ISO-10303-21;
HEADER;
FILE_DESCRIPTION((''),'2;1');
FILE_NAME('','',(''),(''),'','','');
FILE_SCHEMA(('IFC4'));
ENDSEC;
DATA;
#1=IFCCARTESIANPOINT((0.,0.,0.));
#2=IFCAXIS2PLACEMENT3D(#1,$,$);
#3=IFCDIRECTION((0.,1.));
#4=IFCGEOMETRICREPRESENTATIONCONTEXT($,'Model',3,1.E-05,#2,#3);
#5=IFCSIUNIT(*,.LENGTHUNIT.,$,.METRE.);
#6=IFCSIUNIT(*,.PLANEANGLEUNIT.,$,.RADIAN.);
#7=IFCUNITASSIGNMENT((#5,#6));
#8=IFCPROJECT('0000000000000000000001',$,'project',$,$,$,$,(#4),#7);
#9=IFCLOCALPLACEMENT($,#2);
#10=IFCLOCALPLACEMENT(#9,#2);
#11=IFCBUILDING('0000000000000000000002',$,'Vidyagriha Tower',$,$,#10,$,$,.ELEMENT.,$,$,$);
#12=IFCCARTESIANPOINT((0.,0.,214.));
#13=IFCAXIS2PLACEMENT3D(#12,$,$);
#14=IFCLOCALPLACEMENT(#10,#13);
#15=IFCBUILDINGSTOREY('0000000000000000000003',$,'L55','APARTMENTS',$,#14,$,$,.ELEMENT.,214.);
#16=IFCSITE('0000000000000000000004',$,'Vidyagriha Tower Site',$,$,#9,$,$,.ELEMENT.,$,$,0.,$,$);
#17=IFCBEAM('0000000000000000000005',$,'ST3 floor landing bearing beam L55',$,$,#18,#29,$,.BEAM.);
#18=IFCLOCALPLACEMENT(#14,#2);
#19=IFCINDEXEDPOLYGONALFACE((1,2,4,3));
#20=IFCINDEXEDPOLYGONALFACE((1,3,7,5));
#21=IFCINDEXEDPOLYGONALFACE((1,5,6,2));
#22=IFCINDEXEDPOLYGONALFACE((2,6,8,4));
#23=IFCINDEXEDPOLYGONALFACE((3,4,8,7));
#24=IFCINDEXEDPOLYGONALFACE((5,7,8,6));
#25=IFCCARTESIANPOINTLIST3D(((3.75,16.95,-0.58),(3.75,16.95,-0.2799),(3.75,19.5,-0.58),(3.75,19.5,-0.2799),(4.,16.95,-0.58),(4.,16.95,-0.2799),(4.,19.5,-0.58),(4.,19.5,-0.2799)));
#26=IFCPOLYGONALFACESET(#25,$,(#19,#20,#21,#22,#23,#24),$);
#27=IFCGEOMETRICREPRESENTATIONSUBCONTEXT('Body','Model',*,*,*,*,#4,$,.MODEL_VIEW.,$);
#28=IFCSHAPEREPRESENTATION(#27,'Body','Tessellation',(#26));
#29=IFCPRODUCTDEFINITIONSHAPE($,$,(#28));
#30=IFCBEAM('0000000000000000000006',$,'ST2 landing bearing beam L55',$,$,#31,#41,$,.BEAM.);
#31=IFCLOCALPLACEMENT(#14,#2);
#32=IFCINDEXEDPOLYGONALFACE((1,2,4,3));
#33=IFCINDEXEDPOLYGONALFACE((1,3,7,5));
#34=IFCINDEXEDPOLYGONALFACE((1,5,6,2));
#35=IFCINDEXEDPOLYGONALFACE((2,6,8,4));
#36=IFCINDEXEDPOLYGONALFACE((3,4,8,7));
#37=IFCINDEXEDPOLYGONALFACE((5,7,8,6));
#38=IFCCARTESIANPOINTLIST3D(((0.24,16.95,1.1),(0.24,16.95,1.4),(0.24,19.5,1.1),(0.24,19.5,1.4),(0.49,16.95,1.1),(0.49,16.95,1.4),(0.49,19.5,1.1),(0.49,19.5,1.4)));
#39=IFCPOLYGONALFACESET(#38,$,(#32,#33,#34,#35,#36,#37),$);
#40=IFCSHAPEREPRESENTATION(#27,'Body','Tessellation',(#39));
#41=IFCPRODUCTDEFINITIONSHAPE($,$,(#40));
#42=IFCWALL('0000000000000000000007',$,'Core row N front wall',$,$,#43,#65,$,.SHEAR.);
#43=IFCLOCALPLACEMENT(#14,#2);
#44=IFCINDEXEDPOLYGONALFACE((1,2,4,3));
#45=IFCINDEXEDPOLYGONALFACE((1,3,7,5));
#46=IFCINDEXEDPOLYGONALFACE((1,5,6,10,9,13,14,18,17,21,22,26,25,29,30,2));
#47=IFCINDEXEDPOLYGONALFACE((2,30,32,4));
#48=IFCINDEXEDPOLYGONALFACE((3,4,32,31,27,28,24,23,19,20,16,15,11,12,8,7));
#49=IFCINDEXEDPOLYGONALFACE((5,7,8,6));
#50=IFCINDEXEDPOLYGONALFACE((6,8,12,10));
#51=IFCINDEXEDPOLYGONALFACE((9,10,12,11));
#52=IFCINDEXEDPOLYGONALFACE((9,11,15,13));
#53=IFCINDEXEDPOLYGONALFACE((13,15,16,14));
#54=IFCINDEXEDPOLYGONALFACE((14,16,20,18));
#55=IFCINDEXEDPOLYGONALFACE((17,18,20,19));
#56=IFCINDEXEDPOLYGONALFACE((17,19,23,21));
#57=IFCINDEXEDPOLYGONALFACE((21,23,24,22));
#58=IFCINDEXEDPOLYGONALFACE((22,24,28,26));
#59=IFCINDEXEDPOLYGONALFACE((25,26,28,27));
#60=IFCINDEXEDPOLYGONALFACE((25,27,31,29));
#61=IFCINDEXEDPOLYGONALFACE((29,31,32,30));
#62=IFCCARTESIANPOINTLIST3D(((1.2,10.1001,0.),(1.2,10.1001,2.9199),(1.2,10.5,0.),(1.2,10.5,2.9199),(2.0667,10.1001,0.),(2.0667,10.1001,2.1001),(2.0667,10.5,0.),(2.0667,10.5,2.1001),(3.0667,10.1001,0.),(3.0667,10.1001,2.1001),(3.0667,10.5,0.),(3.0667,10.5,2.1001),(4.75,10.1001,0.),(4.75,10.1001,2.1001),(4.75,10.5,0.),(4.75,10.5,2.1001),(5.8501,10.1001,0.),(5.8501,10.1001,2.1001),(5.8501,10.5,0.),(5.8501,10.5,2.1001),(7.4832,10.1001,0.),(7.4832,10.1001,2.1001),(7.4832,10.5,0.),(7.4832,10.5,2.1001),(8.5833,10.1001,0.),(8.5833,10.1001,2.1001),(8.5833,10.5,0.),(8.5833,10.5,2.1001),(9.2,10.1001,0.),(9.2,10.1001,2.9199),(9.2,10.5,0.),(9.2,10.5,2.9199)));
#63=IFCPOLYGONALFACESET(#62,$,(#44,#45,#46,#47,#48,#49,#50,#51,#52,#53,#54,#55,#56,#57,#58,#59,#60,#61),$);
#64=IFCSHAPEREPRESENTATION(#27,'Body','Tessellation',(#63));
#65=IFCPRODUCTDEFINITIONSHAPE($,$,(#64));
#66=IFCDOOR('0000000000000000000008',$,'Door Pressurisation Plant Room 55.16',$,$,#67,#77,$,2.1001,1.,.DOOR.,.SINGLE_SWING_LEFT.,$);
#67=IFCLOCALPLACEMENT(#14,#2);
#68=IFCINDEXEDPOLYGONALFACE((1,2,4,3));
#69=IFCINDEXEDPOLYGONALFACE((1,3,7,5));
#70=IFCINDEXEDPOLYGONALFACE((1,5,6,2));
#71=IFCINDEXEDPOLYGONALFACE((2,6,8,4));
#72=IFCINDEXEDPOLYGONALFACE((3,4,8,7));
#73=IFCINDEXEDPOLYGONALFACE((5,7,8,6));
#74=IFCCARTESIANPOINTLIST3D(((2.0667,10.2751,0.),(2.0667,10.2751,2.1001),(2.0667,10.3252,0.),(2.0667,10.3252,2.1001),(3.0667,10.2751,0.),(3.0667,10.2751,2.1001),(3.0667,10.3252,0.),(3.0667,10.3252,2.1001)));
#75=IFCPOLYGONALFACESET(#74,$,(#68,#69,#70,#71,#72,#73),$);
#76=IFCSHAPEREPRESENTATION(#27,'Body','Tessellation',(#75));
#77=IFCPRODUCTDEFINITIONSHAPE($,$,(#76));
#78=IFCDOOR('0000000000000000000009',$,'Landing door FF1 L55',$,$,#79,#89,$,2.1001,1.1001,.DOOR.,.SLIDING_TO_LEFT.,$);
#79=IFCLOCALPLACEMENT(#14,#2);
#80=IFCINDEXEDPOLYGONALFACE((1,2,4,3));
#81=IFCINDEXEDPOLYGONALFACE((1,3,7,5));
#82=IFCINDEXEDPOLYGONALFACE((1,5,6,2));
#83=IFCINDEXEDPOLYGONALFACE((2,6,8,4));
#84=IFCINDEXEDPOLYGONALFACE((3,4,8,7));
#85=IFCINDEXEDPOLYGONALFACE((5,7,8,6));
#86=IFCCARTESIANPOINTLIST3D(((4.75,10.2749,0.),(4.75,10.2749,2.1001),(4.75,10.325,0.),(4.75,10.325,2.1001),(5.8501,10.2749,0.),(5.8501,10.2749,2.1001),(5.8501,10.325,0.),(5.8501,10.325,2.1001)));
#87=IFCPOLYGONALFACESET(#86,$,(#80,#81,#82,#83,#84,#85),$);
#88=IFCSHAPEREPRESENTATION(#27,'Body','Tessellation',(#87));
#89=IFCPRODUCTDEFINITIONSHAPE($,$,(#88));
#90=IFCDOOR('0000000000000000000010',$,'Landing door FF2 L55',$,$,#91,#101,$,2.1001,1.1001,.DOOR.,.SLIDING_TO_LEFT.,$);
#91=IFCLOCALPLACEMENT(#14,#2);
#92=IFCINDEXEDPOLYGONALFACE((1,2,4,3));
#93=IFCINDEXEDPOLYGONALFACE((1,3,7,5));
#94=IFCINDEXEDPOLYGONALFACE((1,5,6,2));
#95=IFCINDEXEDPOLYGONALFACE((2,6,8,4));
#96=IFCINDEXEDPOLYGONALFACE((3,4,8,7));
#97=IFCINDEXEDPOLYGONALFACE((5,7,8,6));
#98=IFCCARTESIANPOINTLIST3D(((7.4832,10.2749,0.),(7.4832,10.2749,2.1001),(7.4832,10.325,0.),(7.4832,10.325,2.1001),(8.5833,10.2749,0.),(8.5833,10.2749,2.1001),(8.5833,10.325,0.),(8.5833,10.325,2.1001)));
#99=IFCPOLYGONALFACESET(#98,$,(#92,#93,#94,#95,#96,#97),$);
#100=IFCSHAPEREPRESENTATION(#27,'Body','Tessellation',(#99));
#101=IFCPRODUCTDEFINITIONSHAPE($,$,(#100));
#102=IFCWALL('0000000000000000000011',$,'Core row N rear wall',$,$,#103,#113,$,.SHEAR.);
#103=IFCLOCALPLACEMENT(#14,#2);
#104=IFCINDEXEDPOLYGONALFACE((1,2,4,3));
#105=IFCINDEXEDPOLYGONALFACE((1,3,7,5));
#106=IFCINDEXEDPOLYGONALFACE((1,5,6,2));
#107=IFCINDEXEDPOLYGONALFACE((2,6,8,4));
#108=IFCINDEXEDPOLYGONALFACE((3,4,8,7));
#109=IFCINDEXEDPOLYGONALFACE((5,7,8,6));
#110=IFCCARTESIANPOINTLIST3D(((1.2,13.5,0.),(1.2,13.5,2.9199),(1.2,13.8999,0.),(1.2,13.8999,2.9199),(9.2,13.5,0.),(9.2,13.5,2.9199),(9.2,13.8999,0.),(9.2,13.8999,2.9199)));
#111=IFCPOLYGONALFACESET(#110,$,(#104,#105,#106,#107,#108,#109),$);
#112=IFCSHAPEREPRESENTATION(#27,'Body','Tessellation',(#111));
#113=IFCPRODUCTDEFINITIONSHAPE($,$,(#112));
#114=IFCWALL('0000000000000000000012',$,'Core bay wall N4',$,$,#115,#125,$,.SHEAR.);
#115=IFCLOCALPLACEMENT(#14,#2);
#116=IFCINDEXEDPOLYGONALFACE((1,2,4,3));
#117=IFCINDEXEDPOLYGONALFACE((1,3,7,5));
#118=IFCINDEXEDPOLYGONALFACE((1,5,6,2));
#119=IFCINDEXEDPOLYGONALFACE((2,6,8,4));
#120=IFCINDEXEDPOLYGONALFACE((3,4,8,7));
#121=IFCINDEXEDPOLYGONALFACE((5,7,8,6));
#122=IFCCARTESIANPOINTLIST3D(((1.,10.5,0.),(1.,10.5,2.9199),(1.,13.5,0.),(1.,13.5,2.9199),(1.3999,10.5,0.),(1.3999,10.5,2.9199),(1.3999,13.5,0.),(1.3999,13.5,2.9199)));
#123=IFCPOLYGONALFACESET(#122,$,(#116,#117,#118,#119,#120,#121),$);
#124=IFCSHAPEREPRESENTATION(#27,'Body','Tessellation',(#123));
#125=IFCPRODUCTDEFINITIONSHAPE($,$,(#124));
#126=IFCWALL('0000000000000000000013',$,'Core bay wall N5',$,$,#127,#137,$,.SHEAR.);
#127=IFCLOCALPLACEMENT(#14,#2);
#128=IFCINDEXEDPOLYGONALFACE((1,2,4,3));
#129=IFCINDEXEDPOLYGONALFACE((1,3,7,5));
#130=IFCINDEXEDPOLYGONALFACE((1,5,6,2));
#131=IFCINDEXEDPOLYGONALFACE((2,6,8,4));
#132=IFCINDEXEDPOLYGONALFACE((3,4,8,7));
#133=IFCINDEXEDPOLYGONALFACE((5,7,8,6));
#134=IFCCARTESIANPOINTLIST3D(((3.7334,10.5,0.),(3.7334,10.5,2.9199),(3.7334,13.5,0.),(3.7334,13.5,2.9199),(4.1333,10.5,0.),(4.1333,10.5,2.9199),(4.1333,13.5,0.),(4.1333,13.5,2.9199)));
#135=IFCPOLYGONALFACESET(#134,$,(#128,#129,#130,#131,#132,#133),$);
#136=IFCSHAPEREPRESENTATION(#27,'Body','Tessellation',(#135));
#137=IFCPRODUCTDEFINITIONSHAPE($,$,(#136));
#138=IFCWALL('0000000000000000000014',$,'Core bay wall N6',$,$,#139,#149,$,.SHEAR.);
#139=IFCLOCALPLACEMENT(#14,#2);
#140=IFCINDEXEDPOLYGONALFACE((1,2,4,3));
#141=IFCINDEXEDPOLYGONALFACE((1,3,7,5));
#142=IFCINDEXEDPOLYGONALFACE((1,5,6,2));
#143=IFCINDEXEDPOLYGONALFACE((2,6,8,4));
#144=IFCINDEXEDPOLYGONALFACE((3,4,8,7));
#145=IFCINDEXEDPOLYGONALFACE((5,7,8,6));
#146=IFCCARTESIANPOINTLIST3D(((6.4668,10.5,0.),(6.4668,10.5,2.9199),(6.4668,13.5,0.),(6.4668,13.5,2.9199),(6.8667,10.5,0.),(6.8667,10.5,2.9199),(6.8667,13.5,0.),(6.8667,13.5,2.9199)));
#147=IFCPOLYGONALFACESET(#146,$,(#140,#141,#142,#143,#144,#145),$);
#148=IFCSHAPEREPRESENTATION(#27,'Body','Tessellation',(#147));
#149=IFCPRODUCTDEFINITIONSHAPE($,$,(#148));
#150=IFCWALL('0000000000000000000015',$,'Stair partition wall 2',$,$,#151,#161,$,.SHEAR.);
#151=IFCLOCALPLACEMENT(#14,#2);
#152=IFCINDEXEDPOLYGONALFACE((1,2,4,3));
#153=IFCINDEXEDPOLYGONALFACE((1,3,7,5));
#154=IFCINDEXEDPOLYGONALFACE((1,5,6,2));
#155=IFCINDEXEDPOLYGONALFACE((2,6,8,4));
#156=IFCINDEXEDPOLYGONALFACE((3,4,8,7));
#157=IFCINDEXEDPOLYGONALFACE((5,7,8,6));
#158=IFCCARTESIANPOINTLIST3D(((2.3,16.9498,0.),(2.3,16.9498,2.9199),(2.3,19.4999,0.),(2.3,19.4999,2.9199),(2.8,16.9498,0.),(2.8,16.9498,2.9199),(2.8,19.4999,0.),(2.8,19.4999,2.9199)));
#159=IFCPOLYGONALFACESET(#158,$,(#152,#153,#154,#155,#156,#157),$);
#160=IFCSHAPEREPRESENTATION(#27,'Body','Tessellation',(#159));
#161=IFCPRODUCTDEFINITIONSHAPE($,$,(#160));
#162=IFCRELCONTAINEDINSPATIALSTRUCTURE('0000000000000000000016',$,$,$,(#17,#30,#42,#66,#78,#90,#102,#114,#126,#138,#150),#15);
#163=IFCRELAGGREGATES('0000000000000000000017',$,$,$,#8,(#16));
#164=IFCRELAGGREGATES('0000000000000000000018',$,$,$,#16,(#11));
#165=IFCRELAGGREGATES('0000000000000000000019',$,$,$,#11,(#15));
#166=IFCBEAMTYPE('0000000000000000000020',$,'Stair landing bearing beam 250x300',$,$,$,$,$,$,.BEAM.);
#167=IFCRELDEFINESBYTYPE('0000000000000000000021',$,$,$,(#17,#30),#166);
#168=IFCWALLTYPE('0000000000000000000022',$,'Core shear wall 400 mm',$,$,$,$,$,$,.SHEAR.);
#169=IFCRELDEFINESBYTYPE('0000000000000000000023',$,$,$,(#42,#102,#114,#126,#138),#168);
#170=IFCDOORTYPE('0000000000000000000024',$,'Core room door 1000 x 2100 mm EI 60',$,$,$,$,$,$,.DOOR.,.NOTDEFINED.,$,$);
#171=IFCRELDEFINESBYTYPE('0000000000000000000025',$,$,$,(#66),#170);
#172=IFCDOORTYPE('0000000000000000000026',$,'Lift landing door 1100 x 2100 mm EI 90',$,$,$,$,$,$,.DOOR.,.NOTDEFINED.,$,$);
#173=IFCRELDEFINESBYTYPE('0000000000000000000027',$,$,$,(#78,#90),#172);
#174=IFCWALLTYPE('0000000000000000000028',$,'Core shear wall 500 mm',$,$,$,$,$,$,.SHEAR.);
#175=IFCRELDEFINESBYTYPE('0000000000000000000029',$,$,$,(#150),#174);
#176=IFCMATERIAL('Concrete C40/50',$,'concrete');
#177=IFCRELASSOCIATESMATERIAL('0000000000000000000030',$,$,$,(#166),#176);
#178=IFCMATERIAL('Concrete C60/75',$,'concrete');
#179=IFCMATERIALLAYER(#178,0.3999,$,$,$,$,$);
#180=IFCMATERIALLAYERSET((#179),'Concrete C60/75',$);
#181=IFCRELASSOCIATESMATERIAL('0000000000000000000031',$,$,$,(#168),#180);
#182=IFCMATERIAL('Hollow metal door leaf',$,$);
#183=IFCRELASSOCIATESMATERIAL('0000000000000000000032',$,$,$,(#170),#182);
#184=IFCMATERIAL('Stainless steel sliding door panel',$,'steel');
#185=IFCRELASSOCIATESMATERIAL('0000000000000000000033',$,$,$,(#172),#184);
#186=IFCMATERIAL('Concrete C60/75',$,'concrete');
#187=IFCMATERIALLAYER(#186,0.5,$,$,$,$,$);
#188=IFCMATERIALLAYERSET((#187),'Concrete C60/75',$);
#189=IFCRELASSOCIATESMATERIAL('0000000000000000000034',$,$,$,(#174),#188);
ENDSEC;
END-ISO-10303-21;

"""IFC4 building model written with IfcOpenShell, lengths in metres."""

from ifc_helpers import new_model, si_unit, direction, frame, frame_2d, origin, origin_2d, place, context, subcontext, project, spatial, rectangle, extrude, material, layer, layer_set, material_profile, profile_set, type_object, element, fill, save


model = new_model("IFC4")

# Units and contexts
model_context = context("Model", 3, precision=1e-05, world=origin(), true_north=direction((0.0, 1.0)))
body_context = subcontext(model_context, "Body", "Model", "MODEL_VIEW")
ifc_project = project(units=[si_unit("LENGTHUNIT", "METRE"), si_unit("PLANEANGLEUNIT", "RADIAN")], contexts=[model_context])

# Site, building, storey
site_placement = place(None, origin())
site = spatial("IfcSite", under=ifc_project, at=site_placement, Name="Vidyagriha Tower Site", CompositionType="ELEMENT", RefElevation=0.0)
building_placement = place(site_placement, origin())
building = spatial("IfcBuilding", under=site, at=building_placement, Name="Vidyagriha Tower", CompositionType="ELEMENT")
storey_placement = place(building_placement, frame((0.0, 0.0, 214.0)))
storey = spatial("IfcBuildingStorey", under=building, at=storey_placement, Name="L55", Description="APARTMENTS", CompositionType="ELEMENT", Elevation=214.0)

# Beams
ifc_material_1 = material(Name="Concrete C40/50", Category="concrete")
ifc_material_profile = material_profile(ifc_material_1, rectangle(XDim=0.25, YDim=0.3, at=origin_2d()), Name="Stair landing bearing beam 250x300")
ifc_profile_set = profile_set([ifc_material_profile], Name="Concrete C40/50")
beam_type = type_object("IfcBeamType", Name="Stair landing bearing beam 250x300", PredefinedType="BEAM", material=ifc_profile_set)
for number, where, z_axis, x_axis, name in (
    (1, (3.875, 16.95, -0.4299), (0.0, 1.0, 0.0), (-1.0, 0.0, 0.0), "ST3 floor landing bearing beam L55"),
    (2, (0.365, 16.95, 1.25), (0.0, 1.0, 0.0), (-1.0, 0.0, 0.0), "ST2 landing bearing beam L55"),
):
    element("IfcBeam", number, at=place(storey_placement, frame(where, z_axis=z_axis, x_axis=x_axis)), inside=storey, type_object=beam_type, Name=name, PredefinedType="BEAM", context=body_context, shape_type="SweptSolid", body=[
        extrude(rectangle(XDim=0.25, YDim=0.3, at=origin_2d()), origin(), (0.0, 0.0, 1.0), 2.55),
    ])

# Wall, openings, doors
ifc_material_2 = material(Name="Concrete C60/75", Category="concrete")
ifc_layer_1 = layer(ifc_material_2, 0.3999)
ifc_layer_set_1 = layer_set([ifc_layer_1], Name="Concrete C60/75")
wall_type_1 = type_object("IfcWallType", Name="Core shear wall 400 mm", PredefinedType="SHEAR", material=ifc_layer_set_1)
wall_1_placement = place(storey_placement, frame((1.2, 10.3, 0.0)))
wall_1 = element("IfcWall", 3, at=wall_1_placement, inside=storey, type_object=wall_type_1, Name="Core row N front wall", PredefinedType="SHEAR", context=body_context, shape_type="SweptSolid", body=[
    extrude(rectangle(XDim=8.0, YDim=0.3999, at=frame_2d((4.0, 0.0))), origin(), (0.0, 0.0, 1.0), 2.9199),
])
opening_1_placement = place(wall_1_placement, frame((3.55, 0.0, 0.0)))
opening_1 = element("IfcOpeningElement", 4, at=opening_1_placement, cuts=wall_1, PredefinedType="OPENING", context=body_context, shape_type="SweptSolid", body=[
    extrude(rectangle(XDim=1.1001, YDim=2.1001, at=frame_2d((0.55, 1.05))), frame((0.0, 0.21, 0.0), z_axis=(0.0, -1.0, 0.0), x_axis=(1.0, 0.0, 0.0)), (0.0, 0.0, 1.0), 0.4199),
])
opening_2_placement = place(wall_1_placement, frame((6.2832, 0.0, 0.0)))
opening_2 = element("IfcOpeningElement", 5, at=opening_2_placement, cuts=wall_1, PredefinedType="OPENING", context=body_context, shape_type="SweptSolid", body=[
    extrude(rectangle(XDim=1.1001, YDim=2.1001, at=frame_2d((0.55, 1.05))), frame((0.0, 0.21, 0.0), z_axis=(0.0, -1.0, 0.0), x_axis=(1.0, 0.0, 0.0)), (0.0, 0.0, 1.0), 0.4199),
])
opening_3_placement = place(wall_1_placement, frame((0.8667, 0.0, 0.0)))
opening_3 = element("IfcOpeningElement", 6, at=opening_3_placement, cuts=wall_1, PredefinedType="OPENING", context=body_context, shape_type="SweptSolid", body=[
    extrude(rectangle(XDim=1.0, YDim=2.1001, at=frame_2d((0.5, 1.05))), frame((0.0, 0.21, 0.0), z_axis=(0.0, -1.0, 0.0), x_axis=(1.0, 0.0, 0.0)), (0.0, 0.0, 1.0), 0.4199),
])
ifc_material_3 = material(Name="Hollow metal door leaf")
door_type_1 = type_object("IfcDoorType", Name="Core room door 1000 x 2100 mm EI 60", OperationType="NOTDEFINED", PredefinedType="DOOR", material=ifc_material_3)
door_1_placement = place(opening_3_placement, frame((1.0, 0.0, 0.0), z_axis=(0.0, 0.0, 1.0), x_axis=(-1.0, 0.0, 0.0)))
door_1 = element("IfcDoor", 7, at=door_1_placement, inside=storey, type_object=door_type_1, Name="Door Pressurisation Plant Room 55.16", OperationType="SINGLE_SWING_LEFT", OverallHeight=2.1001, OverallWidth=1.0, PredefinedType="DOOR", context=body_context, shape_type="SweptSolid", body=[
    extrude(rectangle(XDim=1.0, YDim=2.1001, at=frame_2d((0.5, 1.05))), frame((0.0, 0.0249, 0.0), z_axis=(0.0, -1.0, 0.0), x_axis=(1.0, 0.0, 0.0)), (0.0, 0.0, 1.0), 0.05),
])
fill(opening_3, door_1)
ifc_material_4 = material(Name="Stainless steel sliding door panel", Category="steel")
door_type_2 = type_object("IfcDoorType", Name="Lift landing door 1100 x 2100 mm EI 90", OperationType="NOTDEFINED", PredefinedType="DOOR", material=ifc_material_4)
door_2_placement = place(opening_1_placement, origin())
door_2 = element("IfcDoor", 8, at=door_2_placement, inside=storey, type_object=door_type_2, Name="Landing door FF1 L55", OperationType="SLIDING_TO_LEFT", OverallHeight=2.1001, OverallWidth=1.1001, PredefinedType="DOOR", context=body_context, shape_type="SweptSolid", body=[
    extrude(rectangle(XDim=1.1001, YDim=2.1001, at=frame_2d((0.55, 1.05))), frame((0.0, 0.0249, 0.0), z_axis=(0.0, -1.0, 0.0), x_axis=(1.0, 0.0, 0.0)), (0.0, 0.0, 1.0), 0.05),
])
fill(opening_1, door_2)
door_3_placement = place(opening_2_placement, origin())
door_3 = element("IfcDoor", 9, at=door_3_placement, inside=storey, type_object=door_type_2, Name="Landing door FF2 L55", OperationType="SLIDING_TO_LEFT", OverallHeight=2.1001, OverallWidth=1.1001, PredefinedType="DOOR", context=body_context, shape_type="SweptSolid", body=[
    extrude(rectangle(XDim=1.1001, YDim=2.1001, at=frame_2d((0.55, 1.05))), frame((0.0, 0.0249, 0.0), z_axis=(0.0, -1.0, 0.0), x_axis=(1.0, 0.0, 0.0)), (0.0, 0.0, 1.0), 0.05),
])
fill(opening_2, door_3)

# Walls
wall_2_placement = place(storey_placement, frame((1.2, 13.7, 0.0)))
element("IfcWall", 10, at=wall_2_placement, inside=storey, type_object=wall_type_1, Name="Core row N rear wall", PredefinedType="SHEAR", context=body_context, shape_type="SweptSolid", body=[
    extrude(rectangle(XDim=8.0, YDim=0.3999, at=frame_2d((4.0, 0.0))), origin(), (0.0, 0.0, 1.0), 2.9199),
])
for number, where, z_axis, x_axis, name in (
    (11, (1.2, 10.5, 0.0), (0.0, 0.0, 1.0), (0.0, 1.0, 0.0), "Core bay wall N4"),
    (12, (3.9333, 10.5, 0.0), (0.0, 0.0, 1.0), (0.0, 1.0, 0.0), "Core bay wall N5"),
    (13, (6.6667, 10.5, 0.0), (0.0, 0.0, 1.0), (0.0, 1.0, 0.0), "Core bay wall N6"),
):
    element("IfcWall", number, at=place(storey_placement, frame(where, z_axis=z_axis, x_axis=x_axis)), inside=storey, type_object=wall_type_1, Name=name, PredefinedType="SHEAR", context=body_context, shape_type="SweptSolid", body=[
        extrude(rectangle(XDim=3.0, YDim=0.3999, at=frame_2d((1.5, 0.0))), origin(), (0.0, 0.0, 1.0), 2.9199),
    ])
ifc_material_5 = material(Name="Concrete C60/75", Category="concrete")
ifc_layer_2 = layer(ifc_material_5, 0.5)
ifc_layer_set_2 = layer_set([ifc_layer_2], Name="Concrete C60/75")
wall_type_2 = type_object("IfcWallType", Name="Core shear wall 500 mm", PredefinedType="SHEAR", material=ifc_layer_set_2)
wall_3_placement = place(storey_placement, frame((2.55, 16.95, 0.0), z_axis=(0.0, 0.0, 1.0), x_axis=(0.0, 1.0, 0.0)))
element("IfcWall", 14, at=wall_3_placement, inside=storey, type_object=wall_type_2, Name="Stair partition wall 2", PredefinedType="SHEAR", context=body_context, shape_type="SweptSolid", body=[
    extrude(rectangle(XDim=2.55, YDim=0.5, at=frame_2d((1.2749, 0.0))), origin(), (0.0, 0.0, 1.0), 2.9199),
])

save(model, "model.ifc")
